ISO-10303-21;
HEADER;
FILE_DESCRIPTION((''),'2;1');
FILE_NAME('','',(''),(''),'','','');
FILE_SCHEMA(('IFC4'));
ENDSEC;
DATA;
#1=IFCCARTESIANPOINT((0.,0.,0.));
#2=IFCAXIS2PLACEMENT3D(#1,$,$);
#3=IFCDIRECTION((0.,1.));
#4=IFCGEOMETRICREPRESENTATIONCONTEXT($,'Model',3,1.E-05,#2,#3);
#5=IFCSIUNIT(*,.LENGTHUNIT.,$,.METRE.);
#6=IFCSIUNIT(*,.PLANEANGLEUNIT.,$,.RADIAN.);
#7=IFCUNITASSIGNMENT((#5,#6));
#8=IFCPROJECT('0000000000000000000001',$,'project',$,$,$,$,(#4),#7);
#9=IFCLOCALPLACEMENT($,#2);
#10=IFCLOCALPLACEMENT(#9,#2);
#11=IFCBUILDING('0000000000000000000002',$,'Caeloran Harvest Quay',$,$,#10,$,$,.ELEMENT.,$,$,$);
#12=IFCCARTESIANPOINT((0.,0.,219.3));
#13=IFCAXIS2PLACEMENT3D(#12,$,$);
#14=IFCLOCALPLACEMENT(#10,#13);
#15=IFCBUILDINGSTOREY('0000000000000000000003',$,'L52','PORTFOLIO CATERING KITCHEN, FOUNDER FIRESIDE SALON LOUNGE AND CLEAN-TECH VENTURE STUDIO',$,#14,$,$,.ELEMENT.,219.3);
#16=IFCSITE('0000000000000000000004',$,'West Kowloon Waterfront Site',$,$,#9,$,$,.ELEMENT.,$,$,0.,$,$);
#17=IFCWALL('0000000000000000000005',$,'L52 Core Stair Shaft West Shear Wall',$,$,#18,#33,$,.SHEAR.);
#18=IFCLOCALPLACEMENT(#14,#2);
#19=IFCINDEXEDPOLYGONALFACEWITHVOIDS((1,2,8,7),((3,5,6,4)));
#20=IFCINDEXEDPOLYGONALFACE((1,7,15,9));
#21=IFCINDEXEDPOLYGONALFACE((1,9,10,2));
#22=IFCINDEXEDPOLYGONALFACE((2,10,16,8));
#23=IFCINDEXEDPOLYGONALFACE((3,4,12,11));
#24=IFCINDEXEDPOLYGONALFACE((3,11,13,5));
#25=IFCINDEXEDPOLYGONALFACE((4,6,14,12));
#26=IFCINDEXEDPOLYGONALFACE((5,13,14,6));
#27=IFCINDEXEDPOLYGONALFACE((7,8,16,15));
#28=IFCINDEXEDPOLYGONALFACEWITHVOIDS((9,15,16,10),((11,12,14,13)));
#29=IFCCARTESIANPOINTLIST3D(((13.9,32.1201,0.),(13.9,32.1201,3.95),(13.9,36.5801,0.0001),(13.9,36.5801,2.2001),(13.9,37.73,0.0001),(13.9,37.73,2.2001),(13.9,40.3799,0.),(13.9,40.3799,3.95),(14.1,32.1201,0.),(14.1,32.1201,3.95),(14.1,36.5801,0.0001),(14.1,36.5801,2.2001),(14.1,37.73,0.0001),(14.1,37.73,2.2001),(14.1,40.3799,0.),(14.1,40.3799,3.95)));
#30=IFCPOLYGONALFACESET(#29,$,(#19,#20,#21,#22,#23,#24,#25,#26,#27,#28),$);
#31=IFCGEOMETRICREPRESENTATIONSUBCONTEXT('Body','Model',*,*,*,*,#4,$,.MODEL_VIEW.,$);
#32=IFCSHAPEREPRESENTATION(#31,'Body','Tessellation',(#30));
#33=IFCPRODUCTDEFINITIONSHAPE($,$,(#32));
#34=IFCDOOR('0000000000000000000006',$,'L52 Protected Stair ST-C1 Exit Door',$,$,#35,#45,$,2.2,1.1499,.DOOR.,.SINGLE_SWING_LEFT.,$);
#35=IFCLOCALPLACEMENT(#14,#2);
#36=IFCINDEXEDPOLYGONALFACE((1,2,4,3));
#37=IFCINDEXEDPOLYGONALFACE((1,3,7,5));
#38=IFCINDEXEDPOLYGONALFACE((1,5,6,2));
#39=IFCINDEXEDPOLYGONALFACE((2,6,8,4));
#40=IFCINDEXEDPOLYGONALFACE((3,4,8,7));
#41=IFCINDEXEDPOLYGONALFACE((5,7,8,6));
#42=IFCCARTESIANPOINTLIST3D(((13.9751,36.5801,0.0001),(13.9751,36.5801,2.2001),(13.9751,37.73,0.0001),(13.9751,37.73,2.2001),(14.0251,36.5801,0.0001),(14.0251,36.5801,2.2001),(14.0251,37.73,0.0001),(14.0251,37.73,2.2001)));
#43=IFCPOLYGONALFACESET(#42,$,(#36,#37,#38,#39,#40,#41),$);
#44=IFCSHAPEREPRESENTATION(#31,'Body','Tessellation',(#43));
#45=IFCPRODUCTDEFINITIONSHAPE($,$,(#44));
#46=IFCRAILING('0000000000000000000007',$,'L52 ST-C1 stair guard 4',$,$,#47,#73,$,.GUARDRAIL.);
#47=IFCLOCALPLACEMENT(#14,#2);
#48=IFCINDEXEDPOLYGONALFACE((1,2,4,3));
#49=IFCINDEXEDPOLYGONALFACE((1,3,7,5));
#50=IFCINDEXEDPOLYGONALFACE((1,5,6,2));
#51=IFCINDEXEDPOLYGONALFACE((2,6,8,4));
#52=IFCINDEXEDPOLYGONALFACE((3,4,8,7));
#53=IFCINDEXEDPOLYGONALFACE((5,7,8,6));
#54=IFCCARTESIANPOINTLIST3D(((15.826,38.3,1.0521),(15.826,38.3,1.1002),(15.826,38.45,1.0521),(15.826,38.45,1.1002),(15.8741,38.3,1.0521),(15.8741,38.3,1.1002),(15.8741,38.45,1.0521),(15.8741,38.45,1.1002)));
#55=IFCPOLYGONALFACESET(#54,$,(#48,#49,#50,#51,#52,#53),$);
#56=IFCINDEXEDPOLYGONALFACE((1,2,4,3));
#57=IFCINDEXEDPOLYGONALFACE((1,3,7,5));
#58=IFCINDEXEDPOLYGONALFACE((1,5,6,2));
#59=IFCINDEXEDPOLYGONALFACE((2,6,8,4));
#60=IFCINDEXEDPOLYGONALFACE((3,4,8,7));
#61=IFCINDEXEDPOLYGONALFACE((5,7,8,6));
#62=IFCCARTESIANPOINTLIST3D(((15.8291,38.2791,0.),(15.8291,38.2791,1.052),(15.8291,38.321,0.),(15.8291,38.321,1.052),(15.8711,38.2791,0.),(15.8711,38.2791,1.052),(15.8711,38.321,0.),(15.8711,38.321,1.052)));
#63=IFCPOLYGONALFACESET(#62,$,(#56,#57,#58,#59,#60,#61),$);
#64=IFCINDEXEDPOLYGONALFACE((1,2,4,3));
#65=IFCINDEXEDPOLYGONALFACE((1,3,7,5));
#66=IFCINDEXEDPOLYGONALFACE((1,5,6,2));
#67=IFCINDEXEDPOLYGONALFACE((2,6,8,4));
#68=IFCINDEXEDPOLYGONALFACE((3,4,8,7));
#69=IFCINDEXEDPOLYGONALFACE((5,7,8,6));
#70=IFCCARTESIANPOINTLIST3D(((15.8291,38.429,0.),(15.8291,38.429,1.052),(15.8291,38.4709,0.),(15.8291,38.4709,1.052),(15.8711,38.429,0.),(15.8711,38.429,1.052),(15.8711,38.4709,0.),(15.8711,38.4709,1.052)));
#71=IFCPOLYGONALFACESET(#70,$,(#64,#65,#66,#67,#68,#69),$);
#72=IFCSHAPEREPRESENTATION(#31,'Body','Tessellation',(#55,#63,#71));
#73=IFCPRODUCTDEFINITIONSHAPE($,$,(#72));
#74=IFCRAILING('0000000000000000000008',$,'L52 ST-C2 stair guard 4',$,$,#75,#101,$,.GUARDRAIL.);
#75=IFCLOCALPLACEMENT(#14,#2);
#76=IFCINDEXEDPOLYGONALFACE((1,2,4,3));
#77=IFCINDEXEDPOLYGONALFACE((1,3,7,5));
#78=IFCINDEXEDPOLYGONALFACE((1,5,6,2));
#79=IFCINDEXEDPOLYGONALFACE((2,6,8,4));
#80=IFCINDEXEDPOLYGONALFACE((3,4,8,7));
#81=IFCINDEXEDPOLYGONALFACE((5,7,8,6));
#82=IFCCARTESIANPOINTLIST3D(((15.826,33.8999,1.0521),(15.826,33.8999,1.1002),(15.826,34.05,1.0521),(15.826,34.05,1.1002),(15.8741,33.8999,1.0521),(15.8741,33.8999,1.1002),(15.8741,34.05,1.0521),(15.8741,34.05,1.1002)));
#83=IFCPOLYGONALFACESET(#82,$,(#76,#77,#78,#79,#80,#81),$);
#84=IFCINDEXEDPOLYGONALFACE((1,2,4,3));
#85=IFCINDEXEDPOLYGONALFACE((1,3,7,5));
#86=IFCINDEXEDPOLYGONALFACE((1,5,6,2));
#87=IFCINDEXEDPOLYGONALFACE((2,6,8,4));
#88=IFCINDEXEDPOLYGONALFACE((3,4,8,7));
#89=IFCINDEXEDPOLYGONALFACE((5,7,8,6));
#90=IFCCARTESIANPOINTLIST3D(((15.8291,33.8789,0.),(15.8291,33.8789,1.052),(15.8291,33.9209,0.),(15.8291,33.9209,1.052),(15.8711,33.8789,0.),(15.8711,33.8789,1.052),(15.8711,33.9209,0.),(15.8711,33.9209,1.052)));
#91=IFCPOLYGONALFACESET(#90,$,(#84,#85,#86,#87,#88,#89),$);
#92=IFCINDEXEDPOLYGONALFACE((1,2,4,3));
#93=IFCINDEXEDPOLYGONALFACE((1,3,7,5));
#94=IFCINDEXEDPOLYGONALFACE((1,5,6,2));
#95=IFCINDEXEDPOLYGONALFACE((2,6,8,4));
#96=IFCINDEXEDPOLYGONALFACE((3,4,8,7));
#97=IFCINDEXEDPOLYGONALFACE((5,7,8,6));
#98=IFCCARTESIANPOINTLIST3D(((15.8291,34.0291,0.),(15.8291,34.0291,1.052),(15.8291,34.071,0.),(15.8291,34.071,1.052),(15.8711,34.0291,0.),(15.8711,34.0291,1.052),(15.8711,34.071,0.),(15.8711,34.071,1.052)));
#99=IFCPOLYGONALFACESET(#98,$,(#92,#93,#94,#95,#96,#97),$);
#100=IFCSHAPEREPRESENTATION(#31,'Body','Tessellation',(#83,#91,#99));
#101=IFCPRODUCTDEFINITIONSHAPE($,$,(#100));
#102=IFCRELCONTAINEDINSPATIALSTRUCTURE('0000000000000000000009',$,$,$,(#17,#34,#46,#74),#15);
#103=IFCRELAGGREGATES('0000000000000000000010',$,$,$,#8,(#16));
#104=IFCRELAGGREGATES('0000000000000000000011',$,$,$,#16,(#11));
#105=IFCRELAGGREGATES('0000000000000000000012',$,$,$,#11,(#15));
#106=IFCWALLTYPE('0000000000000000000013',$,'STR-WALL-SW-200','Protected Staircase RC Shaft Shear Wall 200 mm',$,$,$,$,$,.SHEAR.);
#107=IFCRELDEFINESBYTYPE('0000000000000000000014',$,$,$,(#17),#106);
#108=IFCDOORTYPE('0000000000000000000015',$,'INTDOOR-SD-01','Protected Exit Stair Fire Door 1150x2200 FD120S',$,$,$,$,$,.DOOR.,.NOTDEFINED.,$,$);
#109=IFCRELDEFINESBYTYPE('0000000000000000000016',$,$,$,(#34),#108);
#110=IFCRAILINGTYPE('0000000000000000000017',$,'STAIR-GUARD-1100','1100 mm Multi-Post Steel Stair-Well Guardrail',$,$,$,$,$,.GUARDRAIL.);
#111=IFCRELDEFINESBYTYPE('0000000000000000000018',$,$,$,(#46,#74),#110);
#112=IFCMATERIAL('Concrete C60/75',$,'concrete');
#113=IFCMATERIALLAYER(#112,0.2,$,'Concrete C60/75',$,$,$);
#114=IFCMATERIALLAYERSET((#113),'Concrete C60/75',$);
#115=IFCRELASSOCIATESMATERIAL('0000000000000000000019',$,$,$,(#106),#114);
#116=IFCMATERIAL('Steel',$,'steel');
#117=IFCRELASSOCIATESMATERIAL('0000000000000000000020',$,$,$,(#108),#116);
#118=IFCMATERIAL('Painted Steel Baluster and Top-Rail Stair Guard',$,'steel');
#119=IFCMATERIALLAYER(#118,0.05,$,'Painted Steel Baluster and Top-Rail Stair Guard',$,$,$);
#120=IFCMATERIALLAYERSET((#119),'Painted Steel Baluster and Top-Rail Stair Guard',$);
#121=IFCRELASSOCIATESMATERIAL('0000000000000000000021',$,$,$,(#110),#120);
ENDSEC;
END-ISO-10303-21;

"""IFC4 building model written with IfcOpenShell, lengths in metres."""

from ifc_helpers import new_model, si_unit, direction, frame, frame_2d, origin, origin_2d, place, context, subcontext, project, spatial, rectangle, extrude, material, layer, layer_set, type_object, element, fill, save


model = new_model("IFC4")

# Units and contexts
model_context = context("Model", 3, precision=1e-05, world=origin(), true_north=direction((0.0, 1.0)))
body_context = subcontext(model_context, "Body", "Model", "MODEL_VIEW")
ifc_project = project(units=[si_unit("LENGTHUNIT", "METRE"), si_unit("PLANEANGLEUNIT", "RADIAN")], contexts=[model_context])

# Site, building, storey
site_placement = place(None, origin())
site = spatial("IfcSite", under=ifc_project, at=site_placement, Name="West Kowloon Waterfront Site", CompositionType="ELEMENT", RefElevation=0.0)
building_placement = place(site_placement, origin())
building = spatial("IfcBuilding", under=site, at=building_placement, Name="Caeloran Harvest Quay", CompositionType="ELEMENT")
storey_placement = place(building_placement, frame((0.0, 0.0, 219.3)))
storey = spatial("IfcBuildingStorey", under=building, at=storey_placement, Name="L52", Description="PORTFOLIO CATERING KITCHEN, FOUNDER FIRESIDE SALON LOUNGE AND CLEAN-TECH VENTURE STUDIO", CompositionType="ELEMENT", Elevation=219.3)

# Shared definitions
ifc_material_1 = material(Name="Concrete C60/75", Category="concrete")

# Shared definitions
ifc_material_2 = material(Name="Steel", Category="steel")

# Wall, opening, door
ifc_layer_1 = layer(ifc_material_1, 0.2, Name="Concrete C60/75")
ifc_layer_set_1 = layer_set([ifc_layer_1], Name="Concrete C60/75")
wall_type_1 = type_object("IfcWallType", Name="STR-WALL-SW-200", Description="Protected Staircase RC Shaft Shear Wall 200 mm", PredefinedType="SHEAR", material=ifc_layer_set_1)
wall_1_placement = place(storey_placement, frame((14.0, 32.1201, 0.0), z_axis=(0.0, 0.0, 1.0), x_axis=(0.0, 1.0, 0.0)))
wall_1 = element("IfcWall", 1, at=wall_1_placement, inside=storey, type_object=wall_type_1, Name="L52 Core Stair Shaft West Shear Wall", PredefinedType="SHEAR", context=body_context, shape_type="SweptSolid", body=[
    extrude(rectangle(XDim=8.2598, YDim=0.2, at=frame_2d((4.1299, 0.0))), origin(), (0.0, 0.0, 1.0), 3.95),
])
opening_1_placement = place(wall_1_placement, frame((4.46, 0.0, 0.0)))
opening_1 = element("IfcOpeningElement", 2, at=opening_1_placement, cuts=wall_1, PredefinedType="OPENING", context=body_context, shape_type="SweptSolid", body=[
    extrude(rectangle(XDim=1.1499, YDim=2.2, at=frame_2d((0.575, 1.1001))), frame((0.0, 0.1099, 0.0), z_axis=(0.0, -1.0, 0.0), x_axis=(1.0, 0.0, 0.0)), (0.0, 0.0, 1.0), 0.22),
])
door_type_1 = type_object("IfcDoorType", Name="INTDOOR-SD-01", Description="Protected Exit Stair Fire Door 1150x2200 FD120S", OperationType="NOTDEFINED", PredefinedType="DOOR", material=ifc_material_2)
door_1_placement = place(opening_1_placement, origin())
door_1 = element("IfcDoor", 3, at=door_1_placement, inside=storey, type_object=door_type_1, Name="L52 Protected Stair ST-C1 Exit Door", OperationType="SINGLE_SWING_LEFT", OverallHeight=2.2, OverallWidth=1.1499, PredefinedType="DOOR", context=body_context, shape_type="SweptSolid", body=[
    extrude(rectangle(XDim=1.1499, YDim=2.2, at=frame_2d((0.575, 1.1001))), frame((0.0, 0.0249, 0.0), z_axis=(0.0, -1.0, 0.0), x_axis=(1.0, 0.0, 0.0)), (0.0, 0.0, 1.0), 0.05),
])
fill(opening_1, door_1)

# Railings
ifc_material_3 = material(Name="Painted Steel Baluster and Top-Rail Stair Guard", Category="steel")
ifc_layer_2 = layer(ifc_material_3, 0.05, Name="Painted Steel Baluster and Top-Rail Stair Guard")
ifc_layer_set_2 = layer_set([ifc_layer_2], Name="Painted Steel Baluster and Top-Rail Stair Guard")
railing_type = type_object("IfcRailingType", Name="STAIR-GUARD-1100", Description="1100 mm Multi-Post Steel Stair-Well Guardrail", PredefinedType="GUARDRAIL", material=ifc_layer_set_2)
railing_1_placement = place(storey_placement, frame((15.8501, 38.3, 0.0)))
element("IfcRailing", 4, at=railing_1_placement, inside=storey, type_object=railing_type, Name="L52 ST-C1 stair guard 4", PredefinedType="GUARDRAIL", context=body_context, shape_type="SweptSolid", body=[
    extrude(rectangle(XDim=0.0481, YDim=0.0481, at=origin_2d()), frame((0.0, 0.0, 1.0762), z_axis=(0.0, 1.0, 0.0), x_axis=(-1.0, 0.0, 0.0)), (0.0, 0.0, 1.0), 0.1499),
    extrude(rectangle(XDim=0.042, YDim=0.042, at=origin_2d()), origin(), (0.0, 0.0, 1.0), 1.052),
    extrude(rectangle(XDim=0.042, YDim=0.042, at=origin_2d()), frame((0.0, 0.1499, 0.0)), (0.0, 0.0, 1.0), 1.052),
])
railing_2_placement = place(storey_placement, frame((15.8501, 33.8999, 0.0)))
element("IfcRailing", 5, at=railing_2_placement, inside=storey, type_object=railing_type, Name="L52 ST-C2 stair guard 4", PredefinedType="GUARDRAIL", context=body_context, shape_type="SweptSolid", body=[
    extrude(rectangle(XDim=0.0481, YDim=0.0481, at=origin_2d()), frame((0.0, 0.0, 1.0762), z_axis=(0.0, 1.0, 0.0), x_axis=(-1.0, 0.0, 0.0)), (0.0, 0.0, 1.0), 0.1501),
    extrude(rectangle(XDim=0.042, YDim=0.042, at=origin_2d()), origin(), (0.0, 0.0, 1.0), 1.052),
    extrude(rectangle(XDim=0.042, YDim=0.042, at=origin_2d()), frame((0.0, 0.1501, 0.0)), (0.0, 0.0, 1.0), 1.052),
])

save(model, "model.ifc")
